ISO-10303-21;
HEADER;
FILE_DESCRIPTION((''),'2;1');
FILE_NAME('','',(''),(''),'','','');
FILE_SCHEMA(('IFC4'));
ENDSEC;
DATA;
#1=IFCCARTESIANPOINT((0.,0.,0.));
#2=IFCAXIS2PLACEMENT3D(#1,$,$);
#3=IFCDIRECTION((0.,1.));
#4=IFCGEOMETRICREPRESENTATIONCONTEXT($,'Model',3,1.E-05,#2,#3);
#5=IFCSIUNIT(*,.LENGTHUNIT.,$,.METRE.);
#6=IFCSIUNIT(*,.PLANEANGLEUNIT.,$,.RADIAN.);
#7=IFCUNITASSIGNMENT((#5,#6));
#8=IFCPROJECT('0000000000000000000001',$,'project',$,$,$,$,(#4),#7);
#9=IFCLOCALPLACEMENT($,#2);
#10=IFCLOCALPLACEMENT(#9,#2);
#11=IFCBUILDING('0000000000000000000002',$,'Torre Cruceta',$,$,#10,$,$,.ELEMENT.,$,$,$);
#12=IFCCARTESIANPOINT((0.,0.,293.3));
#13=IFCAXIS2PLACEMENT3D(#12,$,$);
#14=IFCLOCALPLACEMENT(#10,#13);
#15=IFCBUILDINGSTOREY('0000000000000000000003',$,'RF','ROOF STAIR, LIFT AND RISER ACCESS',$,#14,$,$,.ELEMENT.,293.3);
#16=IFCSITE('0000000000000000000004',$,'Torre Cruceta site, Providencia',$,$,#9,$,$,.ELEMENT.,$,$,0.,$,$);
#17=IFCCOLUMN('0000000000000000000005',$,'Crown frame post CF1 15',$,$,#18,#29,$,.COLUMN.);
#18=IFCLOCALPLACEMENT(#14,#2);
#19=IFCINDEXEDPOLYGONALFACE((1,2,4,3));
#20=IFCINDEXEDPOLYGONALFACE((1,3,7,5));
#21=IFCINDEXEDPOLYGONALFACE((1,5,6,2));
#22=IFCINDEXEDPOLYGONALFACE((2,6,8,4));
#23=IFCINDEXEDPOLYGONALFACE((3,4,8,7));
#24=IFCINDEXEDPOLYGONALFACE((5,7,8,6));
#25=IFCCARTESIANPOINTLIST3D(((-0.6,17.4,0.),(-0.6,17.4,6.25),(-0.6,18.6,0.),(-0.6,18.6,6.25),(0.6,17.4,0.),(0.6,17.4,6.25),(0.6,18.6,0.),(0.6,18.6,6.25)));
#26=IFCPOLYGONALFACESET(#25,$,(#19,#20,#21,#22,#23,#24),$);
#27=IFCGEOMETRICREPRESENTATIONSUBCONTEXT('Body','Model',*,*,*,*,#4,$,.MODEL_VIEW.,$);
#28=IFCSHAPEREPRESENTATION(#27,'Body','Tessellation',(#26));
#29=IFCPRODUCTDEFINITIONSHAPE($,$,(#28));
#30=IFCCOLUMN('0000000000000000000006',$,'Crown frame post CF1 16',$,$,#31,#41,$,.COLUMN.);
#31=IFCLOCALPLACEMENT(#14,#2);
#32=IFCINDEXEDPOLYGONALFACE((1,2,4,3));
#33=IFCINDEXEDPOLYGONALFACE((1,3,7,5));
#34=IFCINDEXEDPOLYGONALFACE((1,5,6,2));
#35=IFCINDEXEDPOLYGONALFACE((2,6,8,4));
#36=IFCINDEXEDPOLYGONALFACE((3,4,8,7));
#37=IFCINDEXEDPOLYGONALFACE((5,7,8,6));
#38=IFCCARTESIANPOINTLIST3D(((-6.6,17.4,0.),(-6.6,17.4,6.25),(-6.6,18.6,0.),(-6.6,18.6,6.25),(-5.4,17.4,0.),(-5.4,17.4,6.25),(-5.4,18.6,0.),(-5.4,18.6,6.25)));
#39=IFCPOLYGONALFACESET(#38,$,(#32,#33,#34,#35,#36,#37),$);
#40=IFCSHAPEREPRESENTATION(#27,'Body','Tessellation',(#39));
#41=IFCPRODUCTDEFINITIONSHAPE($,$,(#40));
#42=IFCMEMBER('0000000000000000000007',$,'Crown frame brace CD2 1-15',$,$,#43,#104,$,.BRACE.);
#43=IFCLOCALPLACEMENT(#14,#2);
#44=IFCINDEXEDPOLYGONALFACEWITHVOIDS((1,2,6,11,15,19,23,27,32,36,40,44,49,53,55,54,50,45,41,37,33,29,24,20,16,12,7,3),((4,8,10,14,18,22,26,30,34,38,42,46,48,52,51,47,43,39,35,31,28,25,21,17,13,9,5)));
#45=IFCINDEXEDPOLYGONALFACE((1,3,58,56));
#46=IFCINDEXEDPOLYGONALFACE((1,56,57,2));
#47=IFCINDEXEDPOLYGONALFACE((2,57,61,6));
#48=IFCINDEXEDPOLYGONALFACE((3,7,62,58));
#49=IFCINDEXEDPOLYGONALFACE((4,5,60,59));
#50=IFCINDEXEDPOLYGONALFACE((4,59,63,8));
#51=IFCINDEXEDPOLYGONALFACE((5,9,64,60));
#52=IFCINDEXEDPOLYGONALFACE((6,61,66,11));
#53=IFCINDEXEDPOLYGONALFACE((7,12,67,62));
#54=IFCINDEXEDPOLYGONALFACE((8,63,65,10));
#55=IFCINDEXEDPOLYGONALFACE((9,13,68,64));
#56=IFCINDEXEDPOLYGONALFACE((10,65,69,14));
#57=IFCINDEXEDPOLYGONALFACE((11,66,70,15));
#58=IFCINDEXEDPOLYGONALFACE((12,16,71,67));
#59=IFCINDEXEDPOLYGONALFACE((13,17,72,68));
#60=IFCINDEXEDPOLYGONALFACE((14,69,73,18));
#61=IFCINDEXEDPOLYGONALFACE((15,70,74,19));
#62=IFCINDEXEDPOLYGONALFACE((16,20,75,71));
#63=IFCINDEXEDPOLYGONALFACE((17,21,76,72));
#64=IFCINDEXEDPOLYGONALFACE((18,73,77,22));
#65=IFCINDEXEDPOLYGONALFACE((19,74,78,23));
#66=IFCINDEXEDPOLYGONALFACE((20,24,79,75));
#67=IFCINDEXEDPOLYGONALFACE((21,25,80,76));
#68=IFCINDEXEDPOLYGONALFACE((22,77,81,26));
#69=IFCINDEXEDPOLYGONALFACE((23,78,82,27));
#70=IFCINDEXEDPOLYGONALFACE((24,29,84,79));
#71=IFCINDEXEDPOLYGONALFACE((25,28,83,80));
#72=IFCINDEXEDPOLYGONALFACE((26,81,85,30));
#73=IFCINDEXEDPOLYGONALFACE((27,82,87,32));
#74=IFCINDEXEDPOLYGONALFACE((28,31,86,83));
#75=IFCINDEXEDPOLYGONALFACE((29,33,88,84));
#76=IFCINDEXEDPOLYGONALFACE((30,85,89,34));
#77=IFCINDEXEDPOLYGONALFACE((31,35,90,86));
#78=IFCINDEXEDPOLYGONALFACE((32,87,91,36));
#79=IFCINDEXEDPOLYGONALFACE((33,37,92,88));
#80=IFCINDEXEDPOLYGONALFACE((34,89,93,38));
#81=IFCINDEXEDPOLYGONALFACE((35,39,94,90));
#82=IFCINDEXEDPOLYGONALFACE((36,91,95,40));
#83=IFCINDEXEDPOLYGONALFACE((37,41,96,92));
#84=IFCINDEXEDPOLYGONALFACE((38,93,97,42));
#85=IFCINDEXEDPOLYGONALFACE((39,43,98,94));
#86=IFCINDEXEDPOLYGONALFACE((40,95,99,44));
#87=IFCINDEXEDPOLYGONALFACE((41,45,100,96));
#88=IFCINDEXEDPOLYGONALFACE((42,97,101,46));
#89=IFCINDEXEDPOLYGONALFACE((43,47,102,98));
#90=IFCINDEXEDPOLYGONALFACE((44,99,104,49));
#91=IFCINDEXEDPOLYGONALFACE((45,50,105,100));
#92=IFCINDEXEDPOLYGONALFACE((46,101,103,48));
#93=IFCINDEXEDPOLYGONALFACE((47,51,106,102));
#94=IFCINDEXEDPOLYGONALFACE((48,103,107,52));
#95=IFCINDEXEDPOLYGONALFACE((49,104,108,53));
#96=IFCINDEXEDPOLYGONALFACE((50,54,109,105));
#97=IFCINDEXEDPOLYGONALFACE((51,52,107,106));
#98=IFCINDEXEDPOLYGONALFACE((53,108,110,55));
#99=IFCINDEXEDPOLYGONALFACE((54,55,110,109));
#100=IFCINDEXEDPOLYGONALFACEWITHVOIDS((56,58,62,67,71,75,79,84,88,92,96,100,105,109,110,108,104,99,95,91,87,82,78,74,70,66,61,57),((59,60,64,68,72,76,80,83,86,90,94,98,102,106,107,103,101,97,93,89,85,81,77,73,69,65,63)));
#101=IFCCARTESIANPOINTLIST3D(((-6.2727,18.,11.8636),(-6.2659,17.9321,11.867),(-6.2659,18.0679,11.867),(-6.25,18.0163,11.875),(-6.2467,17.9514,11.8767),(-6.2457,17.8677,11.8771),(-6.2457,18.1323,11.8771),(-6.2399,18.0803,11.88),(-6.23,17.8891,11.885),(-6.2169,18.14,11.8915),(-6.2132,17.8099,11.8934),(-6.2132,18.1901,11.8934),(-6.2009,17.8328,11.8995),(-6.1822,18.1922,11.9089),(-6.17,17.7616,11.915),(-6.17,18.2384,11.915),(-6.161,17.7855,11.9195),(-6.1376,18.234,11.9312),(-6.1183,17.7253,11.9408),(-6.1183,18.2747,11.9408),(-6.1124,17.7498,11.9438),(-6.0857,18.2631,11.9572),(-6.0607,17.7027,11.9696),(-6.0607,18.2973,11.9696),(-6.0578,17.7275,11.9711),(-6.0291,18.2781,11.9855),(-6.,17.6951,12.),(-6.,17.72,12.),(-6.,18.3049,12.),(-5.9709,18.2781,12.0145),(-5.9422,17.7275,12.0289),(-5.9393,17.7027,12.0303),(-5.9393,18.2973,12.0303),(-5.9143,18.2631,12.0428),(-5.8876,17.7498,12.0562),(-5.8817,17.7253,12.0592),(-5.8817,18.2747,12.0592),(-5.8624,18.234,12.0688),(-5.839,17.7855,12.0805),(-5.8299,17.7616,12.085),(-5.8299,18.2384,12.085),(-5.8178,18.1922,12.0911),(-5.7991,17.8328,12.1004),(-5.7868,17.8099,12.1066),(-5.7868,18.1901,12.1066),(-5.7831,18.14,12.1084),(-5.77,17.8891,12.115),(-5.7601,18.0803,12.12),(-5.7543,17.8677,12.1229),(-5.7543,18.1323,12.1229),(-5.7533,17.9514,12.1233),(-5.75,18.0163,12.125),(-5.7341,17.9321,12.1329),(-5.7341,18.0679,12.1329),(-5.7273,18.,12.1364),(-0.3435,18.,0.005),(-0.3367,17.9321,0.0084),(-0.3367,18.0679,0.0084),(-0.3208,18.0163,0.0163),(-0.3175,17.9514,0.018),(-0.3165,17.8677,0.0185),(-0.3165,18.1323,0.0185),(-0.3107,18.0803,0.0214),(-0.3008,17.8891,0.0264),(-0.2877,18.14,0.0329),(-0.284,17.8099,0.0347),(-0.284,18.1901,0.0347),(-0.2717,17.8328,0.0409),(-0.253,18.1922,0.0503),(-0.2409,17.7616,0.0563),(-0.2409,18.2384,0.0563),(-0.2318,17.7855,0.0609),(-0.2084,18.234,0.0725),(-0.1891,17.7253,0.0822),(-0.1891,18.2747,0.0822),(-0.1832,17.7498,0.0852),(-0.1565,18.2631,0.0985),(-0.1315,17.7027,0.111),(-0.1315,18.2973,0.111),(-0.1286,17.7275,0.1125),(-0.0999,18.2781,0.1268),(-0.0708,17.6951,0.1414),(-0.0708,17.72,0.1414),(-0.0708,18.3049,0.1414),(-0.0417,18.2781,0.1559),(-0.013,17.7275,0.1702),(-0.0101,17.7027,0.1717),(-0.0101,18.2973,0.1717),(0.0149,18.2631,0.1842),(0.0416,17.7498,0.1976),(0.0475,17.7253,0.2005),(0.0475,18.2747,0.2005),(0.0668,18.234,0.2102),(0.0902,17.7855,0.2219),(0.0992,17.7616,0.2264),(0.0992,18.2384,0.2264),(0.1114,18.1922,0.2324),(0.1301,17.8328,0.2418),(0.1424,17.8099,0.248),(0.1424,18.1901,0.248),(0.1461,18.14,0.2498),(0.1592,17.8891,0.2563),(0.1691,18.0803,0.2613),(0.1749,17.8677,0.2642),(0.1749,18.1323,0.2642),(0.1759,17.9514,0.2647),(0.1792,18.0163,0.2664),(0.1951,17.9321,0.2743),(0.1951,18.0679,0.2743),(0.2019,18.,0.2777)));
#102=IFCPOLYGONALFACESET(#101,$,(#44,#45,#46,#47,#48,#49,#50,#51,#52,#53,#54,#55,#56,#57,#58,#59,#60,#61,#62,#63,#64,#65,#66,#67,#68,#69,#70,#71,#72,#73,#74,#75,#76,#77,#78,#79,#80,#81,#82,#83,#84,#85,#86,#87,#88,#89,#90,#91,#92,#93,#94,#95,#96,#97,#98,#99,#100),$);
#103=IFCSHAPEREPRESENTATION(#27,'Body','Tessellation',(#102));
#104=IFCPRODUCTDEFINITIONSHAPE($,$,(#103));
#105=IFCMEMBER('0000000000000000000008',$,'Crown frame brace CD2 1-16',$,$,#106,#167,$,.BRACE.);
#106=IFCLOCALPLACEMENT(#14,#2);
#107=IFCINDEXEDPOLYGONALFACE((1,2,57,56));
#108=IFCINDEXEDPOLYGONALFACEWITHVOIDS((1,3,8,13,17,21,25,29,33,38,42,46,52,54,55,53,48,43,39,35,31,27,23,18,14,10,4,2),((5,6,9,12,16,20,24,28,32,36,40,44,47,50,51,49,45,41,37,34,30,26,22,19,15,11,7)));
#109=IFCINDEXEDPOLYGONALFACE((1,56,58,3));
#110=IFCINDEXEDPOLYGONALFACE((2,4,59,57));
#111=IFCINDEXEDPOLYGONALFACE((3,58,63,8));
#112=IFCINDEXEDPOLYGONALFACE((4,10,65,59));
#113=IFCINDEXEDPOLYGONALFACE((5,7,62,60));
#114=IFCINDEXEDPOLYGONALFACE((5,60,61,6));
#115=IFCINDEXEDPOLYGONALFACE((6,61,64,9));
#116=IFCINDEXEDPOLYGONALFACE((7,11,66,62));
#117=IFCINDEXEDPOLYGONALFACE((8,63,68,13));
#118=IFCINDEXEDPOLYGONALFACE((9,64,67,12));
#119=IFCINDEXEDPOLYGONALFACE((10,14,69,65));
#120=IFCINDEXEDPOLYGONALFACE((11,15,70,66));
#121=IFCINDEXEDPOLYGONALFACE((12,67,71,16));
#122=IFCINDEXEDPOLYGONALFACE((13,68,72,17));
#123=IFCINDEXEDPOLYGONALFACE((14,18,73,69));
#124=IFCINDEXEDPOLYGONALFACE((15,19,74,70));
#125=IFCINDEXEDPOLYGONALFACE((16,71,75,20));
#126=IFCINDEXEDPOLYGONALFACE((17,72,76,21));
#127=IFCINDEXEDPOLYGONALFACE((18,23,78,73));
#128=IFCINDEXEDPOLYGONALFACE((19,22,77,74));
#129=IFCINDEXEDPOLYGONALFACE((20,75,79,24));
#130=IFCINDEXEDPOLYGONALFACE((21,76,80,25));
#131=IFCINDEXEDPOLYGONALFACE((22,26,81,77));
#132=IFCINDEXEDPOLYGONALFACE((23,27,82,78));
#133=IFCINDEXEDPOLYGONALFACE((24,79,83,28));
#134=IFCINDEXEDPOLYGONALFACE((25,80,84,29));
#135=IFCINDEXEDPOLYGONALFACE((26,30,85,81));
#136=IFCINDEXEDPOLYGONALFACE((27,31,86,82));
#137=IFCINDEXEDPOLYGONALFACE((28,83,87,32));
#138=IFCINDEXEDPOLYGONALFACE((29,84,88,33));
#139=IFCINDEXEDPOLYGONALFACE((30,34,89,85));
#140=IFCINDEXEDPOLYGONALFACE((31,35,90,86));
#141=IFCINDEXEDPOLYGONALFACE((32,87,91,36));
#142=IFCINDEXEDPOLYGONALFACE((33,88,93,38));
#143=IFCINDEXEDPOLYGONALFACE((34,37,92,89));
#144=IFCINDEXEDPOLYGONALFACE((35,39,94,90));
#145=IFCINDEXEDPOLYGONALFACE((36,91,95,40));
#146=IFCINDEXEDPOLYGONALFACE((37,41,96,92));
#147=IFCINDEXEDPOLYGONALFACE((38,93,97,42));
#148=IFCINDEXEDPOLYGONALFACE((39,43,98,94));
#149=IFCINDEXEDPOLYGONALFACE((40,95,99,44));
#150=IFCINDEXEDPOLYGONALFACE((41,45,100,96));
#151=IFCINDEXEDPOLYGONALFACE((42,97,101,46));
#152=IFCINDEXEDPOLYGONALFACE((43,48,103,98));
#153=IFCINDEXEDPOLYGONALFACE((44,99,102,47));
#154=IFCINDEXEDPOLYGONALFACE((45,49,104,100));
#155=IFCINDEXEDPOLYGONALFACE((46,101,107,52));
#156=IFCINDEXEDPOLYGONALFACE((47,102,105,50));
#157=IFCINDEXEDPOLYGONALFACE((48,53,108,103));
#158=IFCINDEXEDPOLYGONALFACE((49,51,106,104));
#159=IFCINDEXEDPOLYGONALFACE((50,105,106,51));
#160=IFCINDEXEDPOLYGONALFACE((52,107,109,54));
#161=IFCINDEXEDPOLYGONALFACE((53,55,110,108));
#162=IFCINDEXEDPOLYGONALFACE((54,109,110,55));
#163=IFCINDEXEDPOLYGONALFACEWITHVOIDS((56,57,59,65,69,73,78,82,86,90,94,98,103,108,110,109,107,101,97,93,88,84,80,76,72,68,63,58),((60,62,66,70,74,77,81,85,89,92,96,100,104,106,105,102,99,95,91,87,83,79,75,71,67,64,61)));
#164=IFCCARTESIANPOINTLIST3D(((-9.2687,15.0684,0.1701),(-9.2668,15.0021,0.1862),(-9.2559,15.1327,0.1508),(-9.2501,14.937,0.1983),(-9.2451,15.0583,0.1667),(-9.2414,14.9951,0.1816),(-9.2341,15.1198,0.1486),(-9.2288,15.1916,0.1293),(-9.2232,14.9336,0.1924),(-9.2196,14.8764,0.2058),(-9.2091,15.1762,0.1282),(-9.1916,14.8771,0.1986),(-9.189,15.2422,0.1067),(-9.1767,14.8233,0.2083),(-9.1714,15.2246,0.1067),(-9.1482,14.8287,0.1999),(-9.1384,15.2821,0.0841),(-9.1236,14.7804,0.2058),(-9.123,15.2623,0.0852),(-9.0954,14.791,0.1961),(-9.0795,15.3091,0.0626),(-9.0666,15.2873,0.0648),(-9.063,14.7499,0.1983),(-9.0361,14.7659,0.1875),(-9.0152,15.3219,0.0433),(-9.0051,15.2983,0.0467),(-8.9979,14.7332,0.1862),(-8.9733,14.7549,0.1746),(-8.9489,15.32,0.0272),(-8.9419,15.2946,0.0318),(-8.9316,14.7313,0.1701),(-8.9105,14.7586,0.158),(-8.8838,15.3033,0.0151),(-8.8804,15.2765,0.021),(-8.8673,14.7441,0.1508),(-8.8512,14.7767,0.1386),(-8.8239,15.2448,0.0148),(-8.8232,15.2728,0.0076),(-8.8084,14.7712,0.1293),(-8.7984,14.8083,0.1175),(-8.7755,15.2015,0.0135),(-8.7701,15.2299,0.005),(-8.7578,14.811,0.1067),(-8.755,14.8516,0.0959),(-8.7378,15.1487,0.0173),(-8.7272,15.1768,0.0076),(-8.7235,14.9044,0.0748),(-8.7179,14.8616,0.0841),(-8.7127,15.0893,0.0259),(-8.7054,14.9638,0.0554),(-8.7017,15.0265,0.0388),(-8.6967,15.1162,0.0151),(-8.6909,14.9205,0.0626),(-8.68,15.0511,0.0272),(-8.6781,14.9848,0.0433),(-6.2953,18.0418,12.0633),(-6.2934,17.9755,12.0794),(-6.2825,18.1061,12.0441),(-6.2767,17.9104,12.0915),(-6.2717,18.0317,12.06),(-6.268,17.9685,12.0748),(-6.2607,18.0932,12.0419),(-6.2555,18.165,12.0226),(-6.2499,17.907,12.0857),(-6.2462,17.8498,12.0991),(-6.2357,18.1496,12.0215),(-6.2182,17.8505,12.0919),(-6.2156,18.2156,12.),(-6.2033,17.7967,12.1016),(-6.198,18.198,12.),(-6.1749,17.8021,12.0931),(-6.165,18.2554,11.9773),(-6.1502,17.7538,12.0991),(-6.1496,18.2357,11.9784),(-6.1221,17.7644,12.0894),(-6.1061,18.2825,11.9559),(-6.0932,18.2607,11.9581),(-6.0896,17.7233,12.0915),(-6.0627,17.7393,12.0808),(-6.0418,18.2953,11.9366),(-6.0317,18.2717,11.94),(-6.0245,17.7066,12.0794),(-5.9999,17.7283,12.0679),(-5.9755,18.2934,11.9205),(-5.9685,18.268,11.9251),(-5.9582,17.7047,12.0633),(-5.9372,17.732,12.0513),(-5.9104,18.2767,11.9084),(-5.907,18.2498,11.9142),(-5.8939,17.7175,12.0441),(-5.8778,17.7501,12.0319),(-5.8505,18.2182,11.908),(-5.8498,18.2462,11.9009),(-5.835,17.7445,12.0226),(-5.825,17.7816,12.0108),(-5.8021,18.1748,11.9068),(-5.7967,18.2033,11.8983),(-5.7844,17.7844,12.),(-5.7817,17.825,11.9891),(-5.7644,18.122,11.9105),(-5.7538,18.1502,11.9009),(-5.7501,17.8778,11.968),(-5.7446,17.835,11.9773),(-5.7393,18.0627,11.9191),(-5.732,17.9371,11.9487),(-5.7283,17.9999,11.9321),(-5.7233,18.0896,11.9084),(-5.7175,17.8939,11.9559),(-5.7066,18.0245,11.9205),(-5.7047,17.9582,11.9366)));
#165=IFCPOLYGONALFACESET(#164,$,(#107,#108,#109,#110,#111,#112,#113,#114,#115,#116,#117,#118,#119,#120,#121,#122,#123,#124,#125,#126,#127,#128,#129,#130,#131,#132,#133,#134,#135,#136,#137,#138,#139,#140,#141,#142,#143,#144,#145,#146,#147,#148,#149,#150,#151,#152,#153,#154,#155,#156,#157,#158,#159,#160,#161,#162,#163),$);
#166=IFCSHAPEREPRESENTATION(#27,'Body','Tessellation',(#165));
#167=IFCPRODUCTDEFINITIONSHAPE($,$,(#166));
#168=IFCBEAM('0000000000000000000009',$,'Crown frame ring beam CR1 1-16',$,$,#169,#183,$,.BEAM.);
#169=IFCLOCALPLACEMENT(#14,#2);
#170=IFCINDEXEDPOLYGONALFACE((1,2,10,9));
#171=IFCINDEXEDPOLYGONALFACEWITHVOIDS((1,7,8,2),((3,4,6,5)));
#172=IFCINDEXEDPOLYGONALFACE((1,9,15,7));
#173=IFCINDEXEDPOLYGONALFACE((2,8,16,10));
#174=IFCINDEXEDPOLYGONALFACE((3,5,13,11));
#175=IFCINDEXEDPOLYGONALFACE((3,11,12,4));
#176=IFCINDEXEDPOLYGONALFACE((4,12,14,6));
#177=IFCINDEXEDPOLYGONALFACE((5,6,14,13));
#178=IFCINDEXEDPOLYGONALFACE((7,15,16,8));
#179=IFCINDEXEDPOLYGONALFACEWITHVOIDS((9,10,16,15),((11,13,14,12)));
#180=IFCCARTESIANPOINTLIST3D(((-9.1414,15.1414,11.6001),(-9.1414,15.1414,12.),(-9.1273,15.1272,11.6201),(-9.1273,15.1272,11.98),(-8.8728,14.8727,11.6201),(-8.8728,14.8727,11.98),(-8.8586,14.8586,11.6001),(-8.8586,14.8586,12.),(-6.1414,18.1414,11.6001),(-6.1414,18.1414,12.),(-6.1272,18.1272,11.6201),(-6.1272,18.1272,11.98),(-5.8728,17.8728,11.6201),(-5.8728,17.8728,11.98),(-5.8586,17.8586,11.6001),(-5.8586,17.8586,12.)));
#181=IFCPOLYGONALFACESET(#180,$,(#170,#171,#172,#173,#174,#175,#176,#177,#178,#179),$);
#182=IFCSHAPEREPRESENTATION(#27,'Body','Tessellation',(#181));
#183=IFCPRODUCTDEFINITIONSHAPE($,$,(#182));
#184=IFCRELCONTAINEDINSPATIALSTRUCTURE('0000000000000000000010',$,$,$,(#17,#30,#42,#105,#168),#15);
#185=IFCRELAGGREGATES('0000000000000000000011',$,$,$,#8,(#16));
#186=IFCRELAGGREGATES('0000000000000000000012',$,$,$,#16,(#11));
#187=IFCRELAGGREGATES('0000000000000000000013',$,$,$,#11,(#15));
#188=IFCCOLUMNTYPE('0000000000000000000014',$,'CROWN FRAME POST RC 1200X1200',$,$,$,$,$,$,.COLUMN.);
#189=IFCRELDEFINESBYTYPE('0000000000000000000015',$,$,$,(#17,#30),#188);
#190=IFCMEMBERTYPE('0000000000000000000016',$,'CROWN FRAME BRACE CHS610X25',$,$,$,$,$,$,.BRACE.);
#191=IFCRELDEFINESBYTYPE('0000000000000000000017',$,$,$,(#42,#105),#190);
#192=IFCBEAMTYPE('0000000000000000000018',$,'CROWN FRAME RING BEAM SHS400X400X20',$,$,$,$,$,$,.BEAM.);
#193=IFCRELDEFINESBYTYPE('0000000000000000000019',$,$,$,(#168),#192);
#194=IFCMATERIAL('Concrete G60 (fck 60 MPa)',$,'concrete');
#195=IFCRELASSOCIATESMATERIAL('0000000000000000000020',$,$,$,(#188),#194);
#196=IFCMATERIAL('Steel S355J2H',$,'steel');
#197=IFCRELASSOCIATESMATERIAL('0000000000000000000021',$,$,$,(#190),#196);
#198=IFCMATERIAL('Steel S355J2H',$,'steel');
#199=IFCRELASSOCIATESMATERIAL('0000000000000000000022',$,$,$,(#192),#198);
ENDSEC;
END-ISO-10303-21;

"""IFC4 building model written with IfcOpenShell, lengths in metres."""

from ifc_helpers import new_model, si_unit, direction, frame, origin, origin_2d, place, context, subcontext, project, spatial, rectangle, hollow_rectangle, hollow_circle, extrude, material, material_profile, profile_set, type_object, element, save


model = new_model("IFC4")

# Units and contexts
model_context = context("Model", 3, precision=1e-05, world=origin(), true_north=direction((0.0, 1.0)))
body_context = subcontext(model_context, "Body", "Model", "MODEL_VIEW")
ifc_project = project(units=[si_unit("LENGTHUNIT", "METRE"), si_unit("PLANEANGLEUNIT", "RADIAN")], contexts=[model_context])

# Site, building, storey
site_placement = place(None, origin())
site = spatial("IfcSite", under=ifc_project, at=site_placement, Name="Torre Cruceta site, Providencia", CompositionType="ELEMENT", RefElevation=0.0)
building_placement = place(site_placement, origin())
building = spatial("IfcBuilding", under=site, at=building_placement, Name="Torre Cruceta", CompositionType="ELEMENT")
storey_placement = place(building_placement, frame((0.0, 0.0, 293.3)))
storey = spatial("IfcBuildingStorey", under=building, at=storey_placement, Name="RF", Description="ROOF STAIR, LIFT AND RISER ACCESS", CompositionType="ELEMENT", Elevation=293.3)

# Columns
ifc_material_1 = material(Name="Concrete G60 (fck 60 MPa)", Category="concrete")
ifc_material_profile_1 = material_profile(ifc_material_1, rectangle(XDim=1.2, YDim=1.2, at=origin_2d()), Name="RC 1200X1200")
ifc_profile_set_1 = profile_set([ifc_material_profile_1], Name="Concrete G60 (fck 60 MPa)")
column_type = type_object("IfcColumnType", Name="CROWN FRAME POST RC 1200X1200", PredefinedType="COLUMN", material=ifc_profile_set_1)
for number, where, z_axis, x_axis, name in (
    (1, (0.0, 18.0, 0.0), (0.0, 0.0, 1.0), (1.0, 0.0, 0.0), "Crown frame post CF1 15"),
    (2, (-6.0, 18.0, 0.0), (0.0, 0.0, 1.0), (1.0, 0.0, 0.0), "Crown frame post CF1 16"),
):
    element("IfcColumn", number, at=place(storey_placement, frame(where, z_axis=z_axis, x_axis=x_axis)), inside=storey, type_object=column_type, Name=name, PredefinedType="COLUMN", context=body_context, shape_type="SweptSolid", body=[
        extrude(rectangle(XDim=1.2, YDim=1.2, at=origin_2d()), origin(), (0.0, 0.0, 1.0), 6.25),
    ])

# Members
ifc_material_2 = material(Name="Steel S355J2H", Category="steel")
ifc_material_profile_2 = material_profile(ifc_material_2, hollow_circle(Radius=0.3049, WallThickness=0.0249, at=origin_2d()), Name="CHS610X25")
ifc_profile_set_2 = profile_set([ifc_material_profile_2], Name="Steel S355J2H")
member_type_1 = type_object("IfcMemberType", Name="CROWN FRAME BRACE CHS610X25", PredefinedType="BRACE", material=ifc_profile_set_2)
member_1_placement = place(storey_placement, frame((-0.0708, 18.0, 0.1414), z_axis=(-0.447206, 0.0, 0.894431), x_axis=(0.0, -1.0, 0.0)))
element("IfcMember", 3, at=member_1_placement, inside=storey, type_object=member_type_1, Name="Crown frame brace CD2 1-15", PredefinedType="BRACE", context=body_context, shape_type="SweptSolid", body=[
    extrude(hollow_circle(Radius=0.3049, WallThickness=0.0249, at=origin_2d()), origin(), (0.0, 0.0, 1.0), 13.2583),
])
member_2_placement = place(storey_placement, frame((-8.9734, 15.0266, 0.1067), z_axis=(0.235707, 0.235707, 0.942807), x_axis=(-0.707107, 0.707107, 0.0)))
element("IfcMember", 4, at=member_2_placement, inside=storey, type_object=member_type_1, Name="Crown frame brace CD2 1-16", PredefinedType="BRACE", context=body_context, shape_type="SweptSolid", body=[
    extrude(hollow_circle(Radius=0.3049, WallThickness=0.0249, at=origin_2d()), origin(), (0.0, 0.0, 1.0), 12.6147),
])

# Beam
ifc_material_3 = material(Name="Steel S355J2H", Category="steel")
ifc_material_profile_3 = material_profile(ifc_material_3, hollow_rectangle(XDim=0.3999, YDim=0.3999, WallThickness=0.02, at=origin_2d()), Name="SHS400X400X20")
ifc_profile_set_3 = profile_set([ifc_material_profile_3], Name="Steel S355J2H")
beam_type = type_object("IfcBeamType", Name="CROWN FRAME RING BEAM SHS400X400X20", PredefinedType="BEAM", material=ifc_profile_set_3)
beam_placement = place(storey_placement, frame((-6.0, 18.0, 11.8), z_axis=(-0.707107, -0.707107, 0.0), x_axis=(0.707107, -0.707107, 0.0)))
element("IfcBeam", 5, at=beam_placement, inside=storey, type_object=beam_type, Name="Crown frame ring beam CR1 1-16", PredefinedType="BEAM", context=body_context, shape_type="SweptSolid", body=[
    extrude(hollow_rectangle(XDim=0.3999, YDim=0.3999, WallThickness=0.02, at=origin_2d()), origin(), (0.0, 0.0, 1.0), 4.2427),
])

save(model, "model.ifc")
